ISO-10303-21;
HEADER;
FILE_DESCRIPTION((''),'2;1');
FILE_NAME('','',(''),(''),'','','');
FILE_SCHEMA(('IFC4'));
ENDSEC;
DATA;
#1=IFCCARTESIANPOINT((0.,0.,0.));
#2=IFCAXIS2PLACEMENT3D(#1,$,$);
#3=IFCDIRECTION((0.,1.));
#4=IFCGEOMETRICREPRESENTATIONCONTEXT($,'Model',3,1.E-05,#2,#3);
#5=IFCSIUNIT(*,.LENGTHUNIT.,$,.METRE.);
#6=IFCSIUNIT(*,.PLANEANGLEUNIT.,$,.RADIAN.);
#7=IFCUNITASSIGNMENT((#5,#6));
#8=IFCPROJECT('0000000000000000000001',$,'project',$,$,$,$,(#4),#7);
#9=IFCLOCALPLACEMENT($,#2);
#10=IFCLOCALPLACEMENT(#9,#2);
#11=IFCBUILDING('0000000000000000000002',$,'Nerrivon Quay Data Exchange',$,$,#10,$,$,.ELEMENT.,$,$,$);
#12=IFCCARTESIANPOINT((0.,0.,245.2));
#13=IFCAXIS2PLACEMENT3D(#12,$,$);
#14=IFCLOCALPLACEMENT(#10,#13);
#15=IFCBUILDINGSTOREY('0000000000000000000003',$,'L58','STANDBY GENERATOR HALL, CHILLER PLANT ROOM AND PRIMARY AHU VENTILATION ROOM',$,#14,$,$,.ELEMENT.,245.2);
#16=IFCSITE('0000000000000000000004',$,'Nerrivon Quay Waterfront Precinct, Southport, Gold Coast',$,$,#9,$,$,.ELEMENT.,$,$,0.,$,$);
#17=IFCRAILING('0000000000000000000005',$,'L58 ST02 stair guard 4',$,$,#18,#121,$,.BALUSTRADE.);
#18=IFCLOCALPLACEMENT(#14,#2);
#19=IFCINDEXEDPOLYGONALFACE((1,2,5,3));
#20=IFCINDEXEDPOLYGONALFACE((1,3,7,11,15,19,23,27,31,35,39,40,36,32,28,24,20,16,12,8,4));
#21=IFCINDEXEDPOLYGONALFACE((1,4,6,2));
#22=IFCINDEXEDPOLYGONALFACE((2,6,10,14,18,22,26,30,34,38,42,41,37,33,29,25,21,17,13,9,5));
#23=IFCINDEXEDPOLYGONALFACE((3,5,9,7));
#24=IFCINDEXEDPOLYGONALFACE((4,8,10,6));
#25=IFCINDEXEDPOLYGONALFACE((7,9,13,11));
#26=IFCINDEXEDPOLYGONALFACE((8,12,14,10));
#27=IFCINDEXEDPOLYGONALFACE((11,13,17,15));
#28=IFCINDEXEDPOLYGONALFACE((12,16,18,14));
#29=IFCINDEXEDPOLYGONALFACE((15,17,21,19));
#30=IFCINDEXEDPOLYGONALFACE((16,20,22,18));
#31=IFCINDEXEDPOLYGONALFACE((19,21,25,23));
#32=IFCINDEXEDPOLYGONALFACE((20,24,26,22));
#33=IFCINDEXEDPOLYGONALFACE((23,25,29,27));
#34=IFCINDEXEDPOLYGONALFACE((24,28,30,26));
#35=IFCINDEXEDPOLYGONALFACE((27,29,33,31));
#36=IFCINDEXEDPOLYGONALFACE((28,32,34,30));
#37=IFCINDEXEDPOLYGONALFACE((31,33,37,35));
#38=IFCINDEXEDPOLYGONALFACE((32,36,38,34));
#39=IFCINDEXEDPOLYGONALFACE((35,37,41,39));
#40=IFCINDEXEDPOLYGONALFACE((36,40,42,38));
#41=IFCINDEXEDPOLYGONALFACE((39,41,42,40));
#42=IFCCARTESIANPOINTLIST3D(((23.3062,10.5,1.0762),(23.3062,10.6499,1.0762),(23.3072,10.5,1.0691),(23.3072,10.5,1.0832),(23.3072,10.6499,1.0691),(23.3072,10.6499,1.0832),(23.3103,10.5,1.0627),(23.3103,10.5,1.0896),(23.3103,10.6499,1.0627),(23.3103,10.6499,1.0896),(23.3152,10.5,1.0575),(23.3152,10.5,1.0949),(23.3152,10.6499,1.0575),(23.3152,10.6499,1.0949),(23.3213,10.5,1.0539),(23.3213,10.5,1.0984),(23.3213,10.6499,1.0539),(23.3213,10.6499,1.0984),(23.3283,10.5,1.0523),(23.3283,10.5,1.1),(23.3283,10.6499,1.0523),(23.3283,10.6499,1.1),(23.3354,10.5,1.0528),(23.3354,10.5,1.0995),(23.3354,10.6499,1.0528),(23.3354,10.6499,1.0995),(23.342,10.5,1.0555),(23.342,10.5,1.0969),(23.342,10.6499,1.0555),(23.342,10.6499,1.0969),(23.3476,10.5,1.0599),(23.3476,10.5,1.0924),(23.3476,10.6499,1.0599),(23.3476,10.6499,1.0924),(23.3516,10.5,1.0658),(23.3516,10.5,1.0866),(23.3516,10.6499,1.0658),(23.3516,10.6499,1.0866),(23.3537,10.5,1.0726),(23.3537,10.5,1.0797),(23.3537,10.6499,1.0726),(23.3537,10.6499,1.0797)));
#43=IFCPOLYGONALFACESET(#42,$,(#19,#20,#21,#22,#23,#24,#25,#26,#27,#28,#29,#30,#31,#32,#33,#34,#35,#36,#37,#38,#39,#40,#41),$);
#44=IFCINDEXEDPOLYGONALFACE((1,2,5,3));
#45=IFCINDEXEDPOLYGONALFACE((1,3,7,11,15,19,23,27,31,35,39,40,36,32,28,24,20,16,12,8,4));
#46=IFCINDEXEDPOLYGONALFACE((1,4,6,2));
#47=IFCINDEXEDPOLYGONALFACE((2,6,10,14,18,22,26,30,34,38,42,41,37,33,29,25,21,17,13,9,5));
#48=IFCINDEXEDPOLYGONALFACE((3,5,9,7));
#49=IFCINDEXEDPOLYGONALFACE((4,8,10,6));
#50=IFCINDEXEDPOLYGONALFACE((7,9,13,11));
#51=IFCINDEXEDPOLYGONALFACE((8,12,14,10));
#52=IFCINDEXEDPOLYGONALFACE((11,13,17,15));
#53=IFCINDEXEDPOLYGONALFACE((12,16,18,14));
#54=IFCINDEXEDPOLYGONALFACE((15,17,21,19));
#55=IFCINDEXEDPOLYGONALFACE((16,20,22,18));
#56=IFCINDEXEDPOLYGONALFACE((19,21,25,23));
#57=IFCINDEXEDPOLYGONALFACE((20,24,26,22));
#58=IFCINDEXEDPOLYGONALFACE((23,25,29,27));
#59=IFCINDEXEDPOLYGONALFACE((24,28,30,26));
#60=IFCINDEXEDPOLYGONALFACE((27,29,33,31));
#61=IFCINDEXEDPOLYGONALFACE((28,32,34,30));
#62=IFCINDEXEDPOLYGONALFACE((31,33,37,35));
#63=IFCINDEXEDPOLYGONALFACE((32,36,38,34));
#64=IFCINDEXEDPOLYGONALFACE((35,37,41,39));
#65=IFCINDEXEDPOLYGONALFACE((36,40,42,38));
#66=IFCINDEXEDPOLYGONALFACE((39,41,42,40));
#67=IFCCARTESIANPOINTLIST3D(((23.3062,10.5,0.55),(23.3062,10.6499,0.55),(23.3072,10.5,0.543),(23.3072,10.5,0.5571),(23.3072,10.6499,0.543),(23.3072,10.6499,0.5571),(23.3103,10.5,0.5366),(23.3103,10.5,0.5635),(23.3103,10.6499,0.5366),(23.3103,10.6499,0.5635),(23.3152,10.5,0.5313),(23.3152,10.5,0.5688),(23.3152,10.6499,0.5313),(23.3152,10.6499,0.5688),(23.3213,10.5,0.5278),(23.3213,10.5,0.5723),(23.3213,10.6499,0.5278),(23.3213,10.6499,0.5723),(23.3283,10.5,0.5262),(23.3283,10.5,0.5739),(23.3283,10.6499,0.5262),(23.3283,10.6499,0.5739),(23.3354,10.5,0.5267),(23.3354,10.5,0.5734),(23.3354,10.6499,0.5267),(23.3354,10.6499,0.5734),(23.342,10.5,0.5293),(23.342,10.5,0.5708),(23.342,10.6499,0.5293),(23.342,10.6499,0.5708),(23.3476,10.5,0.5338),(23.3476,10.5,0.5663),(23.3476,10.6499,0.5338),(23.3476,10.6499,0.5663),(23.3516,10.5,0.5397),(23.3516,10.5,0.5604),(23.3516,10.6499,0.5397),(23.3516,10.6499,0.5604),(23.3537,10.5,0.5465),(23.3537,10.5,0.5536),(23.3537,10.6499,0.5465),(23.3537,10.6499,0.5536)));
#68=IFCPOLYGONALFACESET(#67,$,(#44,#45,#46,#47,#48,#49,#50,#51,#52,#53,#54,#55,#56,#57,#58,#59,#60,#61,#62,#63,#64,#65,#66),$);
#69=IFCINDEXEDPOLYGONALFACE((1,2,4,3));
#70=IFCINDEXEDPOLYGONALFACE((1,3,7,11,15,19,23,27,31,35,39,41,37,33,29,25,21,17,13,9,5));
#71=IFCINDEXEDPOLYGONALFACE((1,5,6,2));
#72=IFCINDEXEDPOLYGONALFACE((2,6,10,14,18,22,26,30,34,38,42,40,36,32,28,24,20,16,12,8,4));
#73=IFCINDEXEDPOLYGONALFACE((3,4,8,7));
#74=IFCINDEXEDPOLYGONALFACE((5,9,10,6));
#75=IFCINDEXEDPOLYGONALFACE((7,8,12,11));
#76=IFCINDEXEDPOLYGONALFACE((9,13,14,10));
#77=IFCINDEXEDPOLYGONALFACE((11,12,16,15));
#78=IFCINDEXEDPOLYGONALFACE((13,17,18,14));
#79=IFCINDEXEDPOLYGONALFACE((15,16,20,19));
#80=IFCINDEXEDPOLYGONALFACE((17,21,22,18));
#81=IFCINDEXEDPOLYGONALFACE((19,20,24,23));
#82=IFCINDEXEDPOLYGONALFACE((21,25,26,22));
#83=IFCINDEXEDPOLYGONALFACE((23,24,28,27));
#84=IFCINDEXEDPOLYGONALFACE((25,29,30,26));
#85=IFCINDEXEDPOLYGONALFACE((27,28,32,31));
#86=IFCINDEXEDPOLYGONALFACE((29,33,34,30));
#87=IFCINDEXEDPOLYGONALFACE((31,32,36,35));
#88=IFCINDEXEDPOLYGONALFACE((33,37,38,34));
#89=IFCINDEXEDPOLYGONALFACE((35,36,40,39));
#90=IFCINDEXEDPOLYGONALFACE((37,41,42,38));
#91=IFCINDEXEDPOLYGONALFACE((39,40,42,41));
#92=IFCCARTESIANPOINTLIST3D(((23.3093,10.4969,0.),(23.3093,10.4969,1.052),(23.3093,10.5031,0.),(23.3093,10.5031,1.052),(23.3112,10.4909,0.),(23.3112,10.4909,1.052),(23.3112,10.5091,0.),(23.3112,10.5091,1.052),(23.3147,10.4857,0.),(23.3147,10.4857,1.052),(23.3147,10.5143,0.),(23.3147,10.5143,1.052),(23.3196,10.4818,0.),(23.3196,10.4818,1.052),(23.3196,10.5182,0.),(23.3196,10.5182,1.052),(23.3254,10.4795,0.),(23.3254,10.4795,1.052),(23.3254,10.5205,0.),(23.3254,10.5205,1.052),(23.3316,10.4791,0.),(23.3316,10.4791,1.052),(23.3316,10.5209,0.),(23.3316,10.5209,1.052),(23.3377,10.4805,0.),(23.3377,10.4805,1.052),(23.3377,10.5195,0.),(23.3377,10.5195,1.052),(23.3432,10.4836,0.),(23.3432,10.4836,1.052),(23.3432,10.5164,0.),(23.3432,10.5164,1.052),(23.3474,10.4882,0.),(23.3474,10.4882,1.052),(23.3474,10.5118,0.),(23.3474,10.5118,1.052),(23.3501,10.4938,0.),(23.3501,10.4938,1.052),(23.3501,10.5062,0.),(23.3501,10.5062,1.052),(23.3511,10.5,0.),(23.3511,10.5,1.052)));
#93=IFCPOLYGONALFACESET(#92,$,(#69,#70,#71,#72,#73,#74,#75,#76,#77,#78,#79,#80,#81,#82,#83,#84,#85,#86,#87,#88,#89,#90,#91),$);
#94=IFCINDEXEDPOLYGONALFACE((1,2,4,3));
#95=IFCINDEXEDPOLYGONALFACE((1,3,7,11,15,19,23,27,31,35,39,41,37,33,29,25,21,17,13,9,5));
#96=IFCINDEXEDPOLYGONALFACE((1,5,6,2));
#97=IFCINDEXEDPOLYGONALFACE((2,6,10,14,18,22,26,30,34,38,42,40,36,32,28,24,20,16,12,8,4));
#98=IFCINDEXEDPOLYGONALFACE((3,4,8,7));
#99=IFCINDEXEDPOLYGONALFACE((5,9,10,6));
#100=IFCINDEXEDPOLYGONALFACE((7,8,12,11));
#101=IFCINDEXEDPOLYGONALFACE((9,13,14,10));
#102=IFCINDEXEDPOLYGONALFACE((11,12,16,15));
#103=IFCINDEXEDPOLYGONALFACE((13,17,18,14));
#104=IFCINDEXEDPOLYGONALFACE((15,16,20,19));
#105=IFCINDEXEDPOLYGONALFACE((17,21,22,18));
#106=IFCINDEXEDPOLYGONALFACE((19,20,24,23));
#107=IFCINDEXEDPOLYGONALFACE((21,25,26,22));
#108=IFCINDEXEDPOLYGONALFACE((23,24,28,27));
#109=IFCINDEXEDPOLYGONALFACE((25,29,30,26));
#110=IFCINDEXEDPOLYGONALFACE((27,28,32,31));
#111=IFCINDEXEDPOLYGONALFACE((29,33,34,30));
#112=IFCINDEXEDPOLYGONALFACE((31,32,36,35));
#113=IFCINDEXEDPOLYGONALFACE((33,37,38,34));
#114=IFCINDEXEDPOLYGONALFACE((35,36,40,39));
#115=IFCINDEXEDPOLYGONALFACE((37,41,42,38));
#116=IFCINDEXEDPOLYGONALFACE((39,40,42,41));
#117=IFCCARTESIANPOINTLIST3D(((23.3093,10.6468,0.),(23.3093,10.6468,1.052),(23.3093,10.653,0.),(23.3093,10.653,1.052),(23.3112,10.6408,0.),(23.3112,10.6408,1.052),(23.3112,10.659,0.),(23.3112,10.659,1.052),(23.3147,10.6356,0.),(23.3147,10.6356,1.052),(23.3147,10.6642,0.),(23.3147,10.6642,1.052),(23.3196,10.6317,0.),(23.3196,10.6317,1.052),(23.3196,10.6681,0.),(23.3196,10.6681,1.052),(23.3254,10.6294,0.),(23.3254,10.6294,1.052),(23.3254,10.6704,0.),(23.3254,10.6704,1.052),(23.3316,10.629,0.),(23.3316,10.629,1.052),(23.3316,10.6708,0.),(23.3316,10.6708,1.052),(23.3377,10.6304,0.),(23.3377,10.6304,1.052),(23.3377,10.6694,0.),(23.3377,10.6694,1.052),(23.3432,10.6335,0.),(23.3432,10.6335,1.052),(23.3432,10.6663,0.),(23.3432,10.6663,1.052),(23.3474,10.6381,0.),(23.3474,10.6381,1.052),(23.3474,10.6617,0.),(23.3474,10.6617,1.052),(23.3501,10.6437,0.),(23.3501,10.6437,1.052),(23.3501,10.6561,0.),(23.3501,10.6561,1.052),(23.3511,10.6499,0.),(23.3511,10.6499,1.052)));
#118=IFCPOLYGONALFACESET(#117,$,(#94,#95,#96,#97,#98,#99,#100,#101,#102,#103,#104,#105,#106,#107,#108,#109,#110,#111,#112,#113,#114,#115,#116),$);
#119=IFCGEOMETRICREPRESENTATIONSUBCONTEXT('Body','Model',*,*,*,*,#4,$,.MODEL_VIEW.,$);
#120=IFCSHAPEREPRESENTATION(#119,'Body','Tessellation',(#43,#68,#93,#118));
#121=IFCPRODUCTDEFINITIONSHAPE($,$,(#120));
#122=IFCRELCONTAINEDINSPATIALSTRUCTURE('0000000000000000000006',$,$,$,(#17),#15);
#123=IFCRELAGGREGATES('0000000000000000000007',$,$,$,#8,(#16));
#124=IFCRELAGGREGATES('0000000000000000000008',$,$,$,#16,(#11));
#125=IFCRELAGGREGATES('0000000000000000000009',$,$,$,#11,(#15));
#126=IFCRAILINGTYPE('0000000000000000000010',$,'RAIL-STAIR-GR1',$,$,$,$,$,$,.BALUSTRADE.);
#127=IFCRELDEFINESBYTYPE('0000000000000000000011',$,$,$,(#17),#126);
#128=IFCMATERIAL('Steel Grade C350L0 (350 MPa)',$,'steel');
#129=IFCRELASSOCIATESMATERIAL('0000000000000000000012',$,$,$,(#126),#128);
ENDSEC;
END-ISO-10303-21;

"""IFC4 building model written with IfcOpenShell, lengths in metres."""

from ifc_helpers import new_model, si_unit, direction, frame, origin, origin_2d, place, context, subcontext, project, spatial, circle, extrude, material, type_object, element, save


model = new_model("IFC4")

# Units and contexts
model_context = context("Model", 3, precision=1e-05, world=origin(), true_north=direction((0.0, 1.0)))
body_context = subcontext(model_context, "Body", "Model", "MODEL_VIEW")
ifc_project = project(units=[si_unit("LENGTHUNIT", "METRE"), si_unit("PLANEANGLEUNIT", "RADIAN")], contexts=[model_context])

# Site, building, storey
site_placement = place(None, origin())
site = spatial("IfcSite", under=ifc_project, at=site_placement, Name="Nerrivon Quay Waterfront Precinct, Southport, Gold Coast", CompositionType="ELEMENT", RefElevation=0.0)
building_placement = place(site_placement, origin())
building = spatial("IfcBuilding", under=site, at=building_placement, Name="Nerrivon Quay Data Exchange", CompositionType="ELEMENT")
storey_placement = place(building_placement, frame((0.0, 0.0, 245.2)))
storey = spatial("IfcBuildingStorey", under=building, at=storey_placement, Name="L58", Description="STANDBY GENERATOR HALL, CHILLER PLANT ROOM AND PRIMARY AHU VENTILATION ROOM", CompositionType="ELEMENT", Elevation=245.2)

# Railing
ifc_material_1 = material(Name="Steel Grade C350L0 (350 MPa)", Category="steel")
railing_type_1 = type_object("IfcRailingType", Name="RAIL-STAIR-GR1", PredefinedType="BALUSTRADE", material=ifc_material_1)
railing_1_placement = place(storey_placement, frame((23.3301, 10.5, 0.0)))
element("IfcRailing", 1, at=railing_1_placement, inside=storey, type_object=railing_type_1, Name="L58 ST02 stair guard 4", PredefinedType="BALUSTRADE", context=body_context, shape_type="SweptSolid", body=[
    extrude(circle(Radius=0.0239, at=origin_2d()), frame((0.0, 0.0, 1.0762), z_axis=(0.0, 1.0, 0.0), x_axis=(-1.0, 0.0, 0.0)), (0.0, 0.0, 1.0), 0.1499),
    extrude(circle(Radius=0.0239, at=origin_2d()), frame((0.0, 0.0, 0.55), z_axis=(0.0, 1.0, 0.0), x_axis=(-1.0, 0.0, 0.0)), (0.0, 0.0, 1.0), 0.1499),
    extrude(circle(Radius=0.021, at=origin_2d()), origin(), (0.0, 0.0, 1.0), 1.052),
    extrude(circle(Radius=0.021, at=origin_2d()), frame((0.0, 0.1499, 0.0)), (0.0, 0.0, 1.0), 1.052),
])

save(model, "model.ifc")
